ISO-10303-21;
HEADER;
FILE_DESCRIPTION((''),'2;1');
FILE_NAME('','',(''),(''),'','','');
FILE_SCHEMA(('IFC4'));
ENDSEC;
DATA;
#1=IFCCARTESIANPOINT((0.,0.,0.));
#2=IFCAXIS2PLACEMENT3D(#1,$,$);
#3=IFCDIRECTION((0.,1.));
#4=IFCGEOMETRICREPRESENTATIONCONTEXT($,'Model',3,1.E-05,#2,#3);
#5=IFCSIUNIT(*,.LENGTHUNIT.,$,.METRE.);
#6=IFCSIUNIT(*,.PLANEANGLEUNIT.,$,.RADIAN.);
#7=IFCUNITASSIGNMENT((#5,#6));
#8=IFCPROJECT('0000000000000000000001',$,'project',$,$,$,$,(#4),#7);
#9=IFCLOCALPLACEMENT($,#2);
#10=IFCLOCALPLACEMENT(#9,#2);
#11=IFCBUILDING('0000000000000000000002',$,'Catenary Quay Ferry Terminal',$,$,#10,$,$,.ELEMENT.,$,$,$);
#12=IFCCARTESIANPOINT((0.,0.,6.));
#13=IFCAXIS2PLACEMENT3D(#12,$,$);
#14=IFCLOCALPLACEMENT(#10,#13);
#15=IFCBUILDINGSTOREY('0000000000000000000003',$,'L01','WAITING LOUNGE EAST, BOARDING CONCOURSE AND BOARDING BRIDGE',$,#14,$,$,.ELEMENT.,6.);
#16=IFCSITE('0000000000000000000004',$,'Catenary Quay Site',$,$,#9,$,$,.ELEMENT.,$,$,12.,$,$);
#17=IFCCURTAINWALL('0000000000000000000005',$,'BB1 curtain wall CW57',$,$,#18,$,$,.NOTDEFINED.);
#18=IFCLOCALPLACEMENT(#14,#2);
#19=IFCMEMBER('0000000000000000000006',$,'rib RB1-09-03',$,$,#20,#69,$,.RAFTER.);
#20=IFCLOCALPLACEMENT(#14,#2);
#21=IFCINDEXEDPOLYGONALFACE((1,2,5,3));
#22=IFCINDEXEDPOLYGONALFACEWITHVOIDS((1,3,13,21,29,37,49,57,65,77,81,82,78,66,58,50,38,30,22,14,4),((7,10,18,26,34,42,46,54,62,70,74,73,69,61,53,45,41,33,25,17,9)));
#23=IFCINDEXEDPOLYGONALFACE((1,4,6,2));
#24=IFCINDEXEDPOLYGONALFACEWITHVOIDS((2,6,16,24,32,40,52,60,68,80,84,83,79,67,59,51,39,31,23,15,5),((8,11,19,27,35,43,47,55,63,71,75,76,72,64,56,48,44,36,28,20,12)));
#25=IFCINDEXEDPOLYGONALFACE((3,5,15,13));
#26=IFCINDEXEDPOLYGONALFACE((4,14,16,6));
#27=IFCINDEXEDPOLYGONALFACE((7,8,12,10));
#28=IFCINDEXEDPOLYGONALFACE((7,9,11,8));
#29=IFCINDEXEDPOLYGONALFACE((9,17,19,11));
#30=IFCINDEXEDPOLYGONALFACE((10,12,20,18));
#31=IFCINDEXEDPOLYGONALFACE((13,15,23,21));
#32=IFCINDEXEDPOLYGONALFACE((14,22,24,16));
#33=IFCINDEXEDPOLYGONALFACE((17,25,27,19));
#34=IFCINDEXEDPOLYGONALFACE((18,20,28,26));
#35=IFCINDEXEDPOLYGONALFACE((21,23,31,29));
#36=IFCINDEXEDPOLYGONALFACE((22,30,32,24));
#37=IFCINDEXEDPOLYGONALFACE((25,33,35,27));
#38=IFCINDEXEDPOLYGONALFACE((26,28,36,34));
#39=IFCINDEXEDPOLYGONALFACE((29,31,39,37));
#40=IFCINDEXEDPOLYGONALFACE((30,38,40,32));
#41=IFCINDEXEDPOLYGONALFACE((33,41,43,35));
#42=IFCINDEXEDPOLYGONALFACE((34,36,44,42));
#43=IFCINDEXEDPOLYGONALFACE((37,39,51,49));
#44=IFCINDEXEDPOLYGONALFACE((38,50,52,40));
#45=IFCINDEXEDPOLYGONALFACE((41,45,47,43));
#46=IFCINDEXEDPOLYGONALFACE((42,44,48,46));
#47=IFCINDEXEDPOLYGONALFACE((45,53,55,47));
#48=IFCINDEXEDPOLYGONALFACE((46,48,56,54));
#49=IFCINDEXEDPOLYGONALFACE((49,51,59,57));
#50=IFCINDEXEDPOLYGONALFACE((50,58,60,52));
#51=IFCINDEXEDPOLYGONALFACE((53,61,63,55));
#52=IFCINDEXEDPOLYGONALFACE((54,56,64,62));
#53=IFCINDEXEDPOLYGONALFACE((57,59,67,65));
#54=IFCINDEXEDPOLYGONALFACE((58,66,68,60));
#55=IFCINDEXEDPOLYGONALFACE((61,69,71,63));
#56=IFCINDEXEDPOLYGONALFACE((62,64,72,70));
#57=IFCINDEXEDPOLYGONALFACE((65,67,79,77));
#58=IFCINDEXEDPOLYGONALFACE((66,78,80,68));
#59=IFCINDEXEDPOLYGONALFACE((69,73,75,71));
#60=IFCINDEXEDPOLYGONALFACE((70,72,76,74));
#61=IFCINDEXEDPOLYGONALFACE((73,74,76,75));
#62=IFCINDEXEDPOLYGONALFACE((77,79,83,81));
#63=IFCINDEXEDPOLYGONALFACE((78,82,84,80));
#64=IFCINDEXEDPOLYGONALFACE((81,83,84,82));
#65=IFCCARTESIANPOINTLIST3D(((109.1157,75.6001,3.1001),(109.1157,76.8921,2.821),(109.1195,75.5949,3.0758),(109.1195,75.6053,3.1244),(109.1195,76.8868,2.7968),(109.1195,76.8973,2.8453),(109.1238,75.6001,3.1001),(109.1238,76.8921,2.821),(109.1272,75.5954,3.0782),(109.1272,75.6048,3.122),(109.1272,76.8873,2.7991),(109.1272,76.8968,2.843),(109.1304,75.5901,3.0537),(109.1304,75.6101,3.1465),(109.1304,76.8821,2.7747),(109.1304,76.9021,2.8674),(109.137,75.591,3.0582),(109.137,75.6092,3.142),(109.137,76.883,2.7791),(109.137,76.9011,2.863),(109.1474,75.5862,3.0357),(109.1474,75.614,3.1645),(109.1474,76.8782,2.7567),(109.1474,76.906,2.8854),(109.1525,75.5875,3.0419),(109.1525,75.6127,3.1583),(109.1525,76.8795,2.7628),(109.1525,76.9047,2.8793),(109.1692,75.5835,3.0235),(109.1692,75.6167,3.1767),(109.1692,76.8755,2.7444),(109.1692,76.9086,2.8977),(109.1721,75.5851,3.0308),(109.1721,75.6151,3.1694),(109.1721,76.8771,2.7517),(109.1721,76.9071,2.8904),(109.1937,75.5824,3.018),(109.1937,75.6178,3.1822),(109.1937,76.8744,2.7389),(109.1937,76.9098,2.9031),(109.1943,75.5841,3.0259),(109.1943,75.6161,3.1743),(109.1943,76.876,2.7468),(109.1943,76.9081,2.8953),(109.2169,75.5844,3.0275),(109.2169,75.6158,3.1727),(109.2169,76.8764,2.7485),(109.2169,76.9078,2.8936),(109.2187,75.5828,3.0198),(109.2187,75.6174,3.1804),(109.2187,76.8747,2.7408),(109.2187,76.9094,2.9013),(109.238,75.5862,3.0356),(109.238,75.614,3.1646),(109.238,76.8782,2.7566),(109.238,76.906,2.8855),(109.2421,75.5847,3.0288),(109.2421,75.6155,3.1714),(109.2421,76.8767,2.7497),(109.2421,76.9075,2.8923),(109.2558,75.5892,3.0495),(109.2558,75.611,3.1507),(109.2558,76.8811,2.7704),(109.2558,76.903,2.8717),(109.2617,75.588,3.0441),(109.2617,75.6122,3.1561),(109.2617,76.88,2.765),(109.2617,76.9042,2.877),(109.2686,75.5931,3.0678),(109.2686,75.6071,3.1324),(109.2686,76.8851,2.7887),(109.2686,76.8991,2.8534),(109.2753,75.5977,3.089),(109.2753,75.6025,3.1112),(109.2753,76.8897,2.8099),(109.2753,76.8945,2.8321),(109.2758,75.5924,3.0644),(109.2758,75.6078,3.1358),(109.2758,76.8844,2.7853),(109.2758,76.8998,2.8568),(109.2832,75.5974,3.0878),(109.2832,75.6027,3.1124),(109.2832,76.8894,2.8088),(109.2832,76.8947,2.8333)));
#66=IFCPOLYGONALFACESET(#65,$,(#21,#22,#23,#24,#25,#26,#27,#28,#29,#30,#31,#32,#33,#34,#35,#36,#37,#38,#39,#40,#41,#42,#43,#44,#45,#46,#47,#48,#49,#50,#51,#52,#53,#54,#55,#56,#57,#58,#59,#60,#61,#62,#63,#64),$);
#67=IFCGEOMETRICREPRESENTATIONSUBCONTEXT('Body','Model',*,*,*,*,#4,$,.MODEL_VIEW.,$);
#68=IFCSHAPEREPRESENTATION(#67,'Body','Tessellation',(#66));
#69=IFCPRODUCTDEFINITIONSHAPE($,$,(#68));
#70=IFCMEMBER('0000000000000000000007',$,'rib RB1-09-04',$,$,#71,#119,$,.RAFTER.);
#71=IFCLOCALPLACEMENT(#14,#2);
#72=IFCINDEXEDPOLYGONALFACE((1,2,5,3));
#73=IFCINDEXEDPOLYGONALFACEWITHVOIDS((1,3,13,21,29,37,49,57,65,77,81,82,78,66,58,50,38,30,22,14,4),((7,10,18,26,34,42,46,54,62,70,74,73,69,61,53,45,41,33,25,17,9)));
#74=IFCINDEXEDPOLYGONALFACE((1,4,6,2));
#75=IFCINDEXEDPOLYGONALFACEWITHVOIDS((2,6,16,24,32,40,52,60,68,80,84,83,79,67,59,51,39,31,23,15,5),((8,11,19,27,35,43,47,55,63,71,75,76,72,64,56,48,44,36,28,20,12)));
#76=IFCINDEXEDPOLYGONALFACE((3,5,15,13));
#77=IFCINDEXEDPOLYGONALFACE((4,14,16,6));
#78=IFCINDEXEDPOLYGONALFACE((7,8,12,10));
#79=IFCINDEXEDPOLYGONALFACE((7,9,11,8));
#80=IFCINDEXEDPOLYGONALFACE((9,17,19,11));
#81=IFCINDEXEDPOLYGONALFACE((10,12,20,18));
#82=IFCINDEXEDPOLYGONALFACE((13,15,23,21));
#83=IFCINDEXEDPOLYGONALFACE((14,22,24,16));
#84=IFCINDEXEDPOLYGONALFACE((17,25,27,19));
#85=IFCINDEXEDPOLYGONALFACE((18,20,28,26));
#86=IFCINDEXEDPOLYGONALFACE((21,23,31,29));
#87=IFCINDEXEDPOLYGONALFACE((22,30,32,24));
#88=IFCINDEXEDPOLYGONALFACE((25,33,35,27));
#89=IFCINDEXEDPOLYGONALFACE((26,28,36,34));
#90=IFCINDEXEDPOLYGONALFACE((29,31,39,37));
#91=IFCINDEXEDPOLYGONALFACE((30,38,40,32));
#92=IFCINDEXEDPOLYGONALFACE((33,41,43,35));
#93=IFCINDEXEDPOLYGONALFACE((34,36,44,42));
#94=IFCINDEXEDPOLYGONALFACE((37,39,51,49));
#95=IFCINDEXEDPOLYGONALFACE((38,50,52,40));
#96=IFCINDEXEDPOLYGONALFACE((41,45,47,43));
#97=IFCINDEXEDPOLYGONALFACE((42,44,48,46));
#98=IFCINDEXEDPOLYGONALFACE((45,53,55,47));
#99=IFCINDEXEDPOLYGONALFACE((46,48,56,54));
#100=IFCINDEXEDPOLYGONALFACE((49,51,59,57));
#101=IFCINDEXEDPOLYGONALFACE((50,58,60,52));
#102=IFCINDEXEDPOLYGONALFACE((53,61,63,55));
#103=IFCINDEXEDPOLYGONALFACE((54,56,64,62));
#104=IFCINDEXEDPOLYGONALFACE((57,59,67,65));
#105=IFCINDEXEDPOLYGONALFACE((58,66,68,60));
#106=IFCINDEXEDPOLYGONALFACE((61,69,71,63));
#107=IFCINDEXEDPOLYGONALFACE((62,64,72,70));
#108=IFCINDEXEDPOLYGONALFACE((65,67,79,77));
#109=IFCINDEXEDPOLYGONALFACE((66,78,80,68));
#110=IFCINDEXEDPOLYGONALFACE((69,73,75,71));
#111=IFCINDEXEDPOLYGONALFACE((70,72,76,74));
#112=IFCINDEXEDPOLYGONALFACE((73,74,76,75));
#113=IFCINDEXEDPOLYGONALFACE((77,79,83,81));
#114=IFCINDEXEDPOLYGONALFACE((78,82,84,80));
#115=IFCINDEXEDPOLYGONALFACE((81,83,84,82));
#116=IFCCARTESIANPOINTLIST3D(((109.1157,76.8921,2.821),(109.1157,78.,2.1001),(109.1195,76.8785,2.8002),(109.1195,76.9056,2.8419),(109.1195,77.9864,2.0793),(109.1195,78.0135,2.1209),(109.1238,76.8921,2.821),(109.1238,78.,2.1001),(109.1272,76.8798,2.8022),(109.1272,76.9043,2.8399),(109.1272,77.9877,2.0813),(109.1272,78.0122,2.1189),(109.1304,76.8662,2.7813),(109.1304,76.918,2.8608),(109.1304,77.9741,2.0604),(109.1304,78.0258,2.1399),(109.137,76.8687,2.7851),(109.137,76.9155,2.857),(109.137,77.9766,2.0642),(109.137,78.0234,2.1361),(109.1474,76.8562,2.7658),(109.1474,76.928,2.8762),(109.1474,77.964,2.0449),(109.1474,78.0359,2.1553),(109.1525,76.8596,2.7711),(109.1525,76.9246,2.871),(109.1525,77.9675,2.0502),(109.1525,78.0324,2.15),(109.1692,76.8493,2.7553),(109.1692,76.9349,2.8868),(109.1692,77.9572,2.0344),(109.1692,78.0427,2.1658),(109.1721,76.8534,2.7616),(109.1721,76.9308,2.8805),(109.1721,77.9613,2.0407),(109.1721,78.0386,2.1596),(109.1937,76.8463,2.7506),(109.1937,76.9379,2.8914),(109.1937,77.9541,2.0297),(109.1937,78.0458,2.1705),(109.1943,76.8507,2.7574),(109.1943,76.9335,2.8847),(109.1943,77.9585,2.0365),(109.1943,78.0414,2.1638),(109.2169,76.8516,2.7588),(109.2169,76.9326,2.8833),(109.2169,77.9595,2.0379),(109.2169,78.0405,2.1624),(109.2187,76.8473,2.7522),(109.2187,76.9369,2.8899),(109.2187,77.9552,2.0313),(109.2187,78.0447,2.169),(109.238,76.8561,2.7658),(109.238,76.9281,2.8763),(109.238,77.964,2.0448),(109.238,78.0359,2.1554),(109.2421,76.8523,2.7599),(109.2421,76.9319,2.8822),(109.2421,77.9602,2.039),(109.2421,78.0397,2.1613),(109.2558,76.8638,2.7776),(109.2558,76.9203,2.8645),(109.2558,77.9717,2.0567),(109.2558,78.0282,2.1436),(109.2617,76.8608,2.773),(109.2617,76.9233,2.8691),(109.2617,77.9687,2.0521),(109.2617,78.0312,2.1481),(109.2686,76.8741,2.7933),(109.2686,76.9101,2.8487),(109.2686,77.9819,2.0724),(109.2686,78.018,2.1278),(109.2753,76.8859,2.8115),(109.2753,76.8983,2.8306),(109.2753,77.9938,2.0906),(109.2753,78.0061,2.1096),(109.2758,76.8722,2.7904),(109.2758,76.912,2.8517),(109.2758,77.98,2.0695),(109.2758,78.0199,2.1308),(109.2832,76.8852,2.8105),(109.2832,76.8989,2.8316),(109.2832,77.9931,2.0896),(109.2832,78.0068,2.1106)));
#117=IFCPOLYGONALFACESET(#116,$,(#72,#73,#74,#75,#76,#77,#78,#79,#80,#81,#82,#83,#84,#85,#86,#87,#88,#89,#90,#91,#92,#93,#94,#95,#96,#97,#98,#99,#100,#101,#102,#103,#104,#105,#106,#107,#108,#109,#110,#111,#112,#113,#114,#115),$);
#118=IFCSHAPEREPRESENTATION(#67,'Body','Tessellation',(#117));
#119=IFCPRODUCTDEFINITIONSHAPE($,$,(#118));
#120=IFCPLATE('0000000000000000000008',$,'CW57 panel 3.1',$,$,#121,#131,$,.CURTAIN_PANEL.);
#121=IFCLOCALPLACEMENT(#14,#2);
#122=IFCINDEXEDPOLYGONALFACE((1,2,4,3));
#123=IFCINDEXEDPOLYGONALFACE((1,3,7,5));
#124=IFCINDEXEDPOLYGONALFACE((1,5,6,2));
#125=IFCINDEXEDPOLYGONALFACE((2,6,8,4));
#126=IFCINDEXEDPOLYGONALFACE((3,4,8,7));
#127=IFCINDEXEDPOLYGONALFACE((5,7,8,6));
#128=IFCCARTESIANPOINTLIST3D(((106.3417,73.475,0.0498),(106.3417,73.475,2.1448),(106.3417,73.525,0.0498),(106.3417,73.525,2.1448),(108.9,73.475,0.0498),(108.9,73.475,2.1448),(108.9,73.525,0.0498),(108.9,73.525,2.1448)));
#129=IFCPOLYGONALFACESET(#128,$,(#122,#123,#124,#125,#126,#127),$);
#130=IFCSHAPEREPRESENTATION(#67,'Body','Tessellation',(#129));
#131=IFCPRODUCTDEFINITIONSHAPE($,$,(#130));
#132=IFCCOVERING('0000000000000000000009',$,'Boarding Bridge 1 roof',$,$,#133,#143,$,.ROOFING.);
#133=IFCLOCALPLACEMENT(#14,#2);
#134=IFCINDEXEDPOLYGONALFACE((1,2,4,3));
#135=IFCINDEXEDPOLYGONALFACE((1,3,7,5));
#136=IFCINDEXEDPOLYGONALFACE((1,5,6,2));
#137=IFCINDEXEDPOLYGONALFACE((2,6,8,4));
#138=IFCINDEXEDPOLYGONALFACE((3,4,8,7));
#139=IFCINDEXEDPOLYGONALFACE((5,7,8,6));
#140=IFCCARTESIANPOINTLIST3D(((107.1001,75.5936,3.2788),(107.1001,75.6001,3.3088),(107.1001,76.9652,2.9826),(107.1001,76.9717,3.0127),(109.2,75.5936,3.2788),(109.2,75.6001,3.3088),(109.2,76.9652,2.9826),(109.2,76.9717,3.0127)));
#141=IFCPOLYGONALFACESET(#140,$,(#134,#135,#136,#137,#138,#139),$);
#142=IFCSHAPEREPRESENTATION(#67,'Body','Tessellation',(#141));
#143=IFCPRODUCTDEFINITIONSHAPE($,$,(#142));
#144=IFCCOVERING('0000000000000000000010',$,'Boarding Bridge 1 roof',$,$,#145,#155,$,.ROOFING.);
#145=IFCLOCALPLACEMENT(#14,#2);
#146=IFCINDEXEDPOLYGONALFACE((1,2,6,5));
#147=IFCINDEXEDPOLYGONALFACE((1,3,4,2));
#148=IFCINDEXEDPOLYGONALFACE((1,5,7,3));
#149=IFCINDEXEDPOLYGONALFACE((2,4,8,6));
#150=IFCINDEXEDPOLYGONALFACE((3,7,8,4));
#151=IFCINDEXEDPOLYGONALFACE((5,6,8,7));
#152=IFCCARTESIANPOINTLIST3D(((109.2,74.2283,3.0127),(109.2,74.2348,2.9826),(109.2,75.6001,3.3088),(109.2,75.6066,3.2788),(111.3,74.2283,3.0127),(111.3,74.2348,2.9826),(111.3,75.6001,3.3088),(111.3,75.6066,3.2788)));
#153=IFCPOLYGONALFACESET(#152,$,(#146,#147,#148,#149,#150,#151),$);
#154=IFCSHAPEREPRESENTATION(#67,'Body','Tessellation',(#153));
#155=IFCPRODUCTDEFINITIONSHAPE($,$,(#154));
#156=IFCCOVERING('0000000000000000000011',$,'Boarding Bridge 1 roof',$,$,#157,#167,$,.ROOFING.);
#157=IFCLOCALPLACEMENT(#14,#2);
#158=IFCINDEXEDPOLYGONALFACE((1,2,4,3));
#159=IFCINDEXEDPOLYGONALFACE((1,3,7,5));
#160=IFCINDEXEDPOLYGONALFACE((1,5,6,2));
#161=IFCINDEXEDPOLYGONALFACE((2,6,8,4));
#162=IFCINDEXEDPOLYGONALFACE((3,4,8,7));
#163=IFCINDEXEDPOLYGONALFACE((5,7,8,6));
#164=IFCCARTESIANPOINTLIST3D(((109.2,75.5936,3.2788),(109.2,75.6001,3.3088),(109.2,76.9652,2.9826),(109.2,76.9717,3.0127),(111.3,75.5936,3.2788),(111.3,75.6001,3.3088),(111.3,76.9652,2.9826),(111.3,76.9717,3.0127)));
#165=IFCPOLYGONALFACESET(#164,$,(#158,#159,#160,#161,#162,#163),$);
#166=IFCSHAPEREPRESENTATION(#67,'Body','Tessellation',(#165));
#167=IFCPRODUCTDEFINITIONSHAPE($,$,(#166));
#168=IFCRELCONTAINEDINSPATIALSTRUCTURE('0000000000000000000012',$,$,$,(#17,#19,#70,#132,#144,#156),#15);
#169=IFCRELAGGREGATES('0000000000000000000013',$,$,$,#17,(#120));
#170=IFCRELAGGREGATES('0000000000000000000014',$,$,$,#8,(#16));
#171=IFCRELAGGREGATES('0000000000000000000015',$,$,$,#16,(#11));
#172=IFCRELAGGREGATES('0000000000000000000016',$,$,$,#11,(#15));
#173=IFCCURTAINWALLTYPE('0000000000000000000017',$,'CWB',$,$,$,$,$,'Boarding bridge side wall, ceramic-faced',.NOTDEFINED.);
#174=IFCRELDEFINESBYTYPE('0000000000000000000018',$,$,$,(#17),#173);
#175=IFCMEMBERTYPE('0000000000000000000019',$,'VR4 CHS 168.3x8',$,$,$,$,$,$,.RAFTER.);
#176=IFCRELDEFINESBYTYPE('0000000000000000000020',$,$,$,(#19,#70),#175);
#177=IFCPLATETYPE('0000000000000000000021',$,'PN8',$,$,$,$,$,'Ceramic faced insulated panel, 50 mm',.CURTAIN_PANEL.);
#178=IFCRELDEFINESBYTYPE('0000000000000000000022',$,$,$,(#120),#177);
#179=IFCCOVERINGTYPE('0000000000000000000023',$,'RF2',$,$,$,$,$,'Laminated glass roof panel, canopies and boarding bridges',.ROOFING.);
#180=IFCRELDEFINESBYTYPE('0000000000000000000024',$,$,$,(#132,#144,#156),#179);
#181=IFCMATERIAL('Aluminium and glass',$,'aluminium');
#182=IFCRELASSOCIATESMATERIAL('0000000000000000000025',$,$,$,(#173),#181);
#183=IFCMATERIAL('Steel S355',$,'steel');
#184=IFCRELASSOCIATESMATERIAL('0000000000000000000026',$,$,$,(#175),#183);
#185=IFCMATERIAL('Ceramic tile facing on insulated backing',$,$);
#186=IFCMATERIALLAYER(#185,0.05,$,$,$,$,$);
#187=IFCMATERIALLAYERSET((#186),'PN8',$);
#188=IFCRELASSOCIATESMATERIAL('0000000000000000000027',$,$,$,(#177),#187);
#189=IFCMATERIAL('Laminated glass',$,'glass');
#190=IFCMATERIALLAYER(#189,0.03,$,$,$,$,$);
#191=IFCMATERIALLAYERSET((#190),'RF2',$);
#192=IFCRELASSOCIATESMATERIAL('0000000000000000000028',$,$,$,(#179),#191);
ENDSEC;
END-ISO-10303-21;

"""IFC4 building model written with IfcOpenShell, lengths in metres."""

from ifc_helpers import new_model, si_unit, direction, frame, origin, origin_2d, place, context, subcontext, project, spatial, polyline, rectangle, hollow_circle, outline, extrude, material, layer, layer_set, material_profile, profile_set, type_object, element, aggregate, save


model = new_model("IFC4")

# Units and contexts
model_context = context("Model", 3, precision=1e-05, world=origin(), true_north=direction((0.0, 1.0)))
body_context = subcontext(model_context, "Body", "Model", "MODEL_VIEW")
ifc_project = project(units=[si_unit("LENGTHUNIT", "METRE"), si_unit("PLANEANGLEUNIT", "RADIAN")], contexts=[model_context])

# Site, building, storey
site_placement = place(None, origin())
site = spatial("IfcSite", under=ifc_project, at=site_placement, Name="Catenary Quay Site", CompositionType="ELEMENT", RefElevation=12.0)
building_placement = place(site_placement, origin())
building = spatial("IfcBuilding", under=site, at=building_placement, Name="Catenary Quay Ferry Terminal", CompositionType="ELEMENT")
storey_placement = place(building_placement, frame((0.0, 0.0, 6.0)))
storey = spatial("IfcBuildingStorey", under=building, at=storey_placement, Name="L01", Description="WAITING LOUNGE EAST, BOARDING CONCOURSE AND BOARDING BRIDGE", CompositionType="ELEMENT", Elevation=6.0)

# Curtain wall
ifc_material_1 = material(Name="Aluminium and glass", Category="aluminium")
curtain_wall_type = type_object("IfcCurtainWallType", Name="CWB", ElementType="Boarding bridge side wall, ceramic-faced", PredefinedType="NOTDEFINED", material=ifc_material_1)
curtain_wall_1_placement = place(storey_placement, origin())
curtain_wall_1 = element("IfcCurtainWall", 1, at=curtain_wall_1_placement, inside=storey, type_object=curtain_wall_type, Name="BB1 curtain wall CW57", PredefinedType="NOTDEFINED")

# Members
ifc_material_2 = material(Name="Steel S355", Category="steel")
ifc_material_profile_1 = material_profile(ifc_material_2, hollow_circle(Radius=0.0842, WallThickness=0.0081, at=origin_2d()), Name="CHS 168.3x8")
ifc_profile_set_1 = profile_set([ifc_material_profile_1], Name="Steel S355")
member_type_1 = type_object("IfcMemberType", Name="VR4 CHS 168.3x8", PredefinedType="RAFTER", material=ifc_profile_set_1)
for number, where, z_axis, x_axis, name in (
    (2, (109.2, 75.6001, 3.1001), (0.0, 0.977461, -0.211118), (-1.0, 0.0, 0.0), "rib RB1-09-03"),
    (3, (109.2, 76.8921, 2.821), (0.0, 0.838165, -0.545417), (-1.0, 0.0, 0.0), "rib RB1-09-04"),
):
    element("IfcMember", number, at=place(storey_placement, frame(where, z_axis=z_axis, x_axis=x_axis)), inside=storey, type_object=member_type_1, Name=name, PredefinedType="RAFTER", context=body_context, shape_type="SweptSolid", body=[
        extrude(hollow_circle(Radius=0.0842, WallThickness=0.0081, at=origin_2d()), origin(), (0.0, 0.0, 1.0), 1.3218),
    ])

# Plate
ifc_material_3 = material(Name="Ceramic tile facing on insulated backing")
ifc_layer_1 = layer(ifc_material_3, 0.05)
ifc_layer_set_1 = layer_set([ifc_layer_1], Name="PN8")
plate_type = type_object("IfcPlateType", Name="PN8", ElementType="Ceramic faced insulated panel, 50 mm", PredefinedType="CURTAIN_PANEL", material=ifc_layer_set_1)
plate_placement = place(storey_placement, frame((107.6208, 73.5, 0.0498), z_axis=(0.0, 0.0, 1.0), x_axis=(1.0, 0.0, 0.0)))
plate = element("IfcPlate", 4, at=plate_placement, type_object=plate_type, Name="CW57 panel 3.1", PredefinedType="CURTAIN_PANEL", context=body_context, shape_type="SweptSolid", body=[
    extrude(rectangle(XDim=2.5583, YDim=0.05, at=origin_2d()), origin(), (0.0, 0.0, 1.0), 2.095),
])
aggregate(curtain_wall_1, [plate])

# Coverings
ifc_material_4 = material(Name="Laminated glass", Category="glass")
ifc_layer_2 = layer(ifc_material_4, 0.03)
ifc_layer_set_2 = layer_set([ifc_layer_2], Name="RF2")
covering_type = type_object("IfcCoveringType", Name="RF2", ElementType="Laminated glass roof panel, canopies and boarding bridges", PredefinedType="ROOFING", material=ifc_layer_set_2)
covering_1_placement = place(storey_placement, frame((107.1001, 75.6001, 3.3088), z_axis=(0.0, 0.21105, 0.977475), x_axis=(1.0, 0.0, 0.0)))
element("IfcCovering", 5, at=covering_1_placement, inside=storey, type_object=covering_type, Name="Boarding Bridge 1 roof", PredefinedType="ROOFING", context=body_context, shape_type="SweptSolid", body=[
    extrude(outline(polyline([(0.0, 0.0), (2.0999, 0.0), (2.0999, 1.4032), (0.0, 1.4032), (0.0, 0.0)])), origin(), (0.0, 0.0, -1.0), 0.0308),
])
covering_2_placement = place(storey_placement, frame((109.2, 74.2283, 3.0127), z_axis=(0.0, -0.211014, 0.977483), x_axis=(1.0, 0.0, 0.0)))
element("IfcCovering", 6, at=covering_2_placement, inside=storey, type_object=covering_type, Name="Boarding Bridge 1 roof", PredefinedType="ROOFING", context=body_context, shape_type="SweptSolid", body=[
    extrude(outline(polyline([(0.0, 0.0), (2.1001, 0.0), (2.1001, 1.4034), (0.0, 1.4034), (0.0, 0.0)])), origin(), (0.0, 0.0, -1.0), 0.0308),
])
covering_3_placement = place(storey_placement, frame((109.2, 75.6001, 3.3088), z_axis=(0.0, 0.21105, 0.977475), x_axis=(1.0, 0.0, 0.0)))
element("IfcCovering", 7, at=covering_3_placement, inside=storey, type_object=covering_type, Name="Boarding Bridge 1 roof", PredefinedType="ROOFING", context=body_context, shape_type="SweptSolid", body=[
    extrude(outline(polyline([(0.0, 0.0), (2.1001, 0.0), (2.1001, 1.4032), (0.0, 1.4032), (0.0, 0.0)])), origin(), (0.0, 0.0, -1.0), 0.0308),
])

save(model, "model.ifc")
